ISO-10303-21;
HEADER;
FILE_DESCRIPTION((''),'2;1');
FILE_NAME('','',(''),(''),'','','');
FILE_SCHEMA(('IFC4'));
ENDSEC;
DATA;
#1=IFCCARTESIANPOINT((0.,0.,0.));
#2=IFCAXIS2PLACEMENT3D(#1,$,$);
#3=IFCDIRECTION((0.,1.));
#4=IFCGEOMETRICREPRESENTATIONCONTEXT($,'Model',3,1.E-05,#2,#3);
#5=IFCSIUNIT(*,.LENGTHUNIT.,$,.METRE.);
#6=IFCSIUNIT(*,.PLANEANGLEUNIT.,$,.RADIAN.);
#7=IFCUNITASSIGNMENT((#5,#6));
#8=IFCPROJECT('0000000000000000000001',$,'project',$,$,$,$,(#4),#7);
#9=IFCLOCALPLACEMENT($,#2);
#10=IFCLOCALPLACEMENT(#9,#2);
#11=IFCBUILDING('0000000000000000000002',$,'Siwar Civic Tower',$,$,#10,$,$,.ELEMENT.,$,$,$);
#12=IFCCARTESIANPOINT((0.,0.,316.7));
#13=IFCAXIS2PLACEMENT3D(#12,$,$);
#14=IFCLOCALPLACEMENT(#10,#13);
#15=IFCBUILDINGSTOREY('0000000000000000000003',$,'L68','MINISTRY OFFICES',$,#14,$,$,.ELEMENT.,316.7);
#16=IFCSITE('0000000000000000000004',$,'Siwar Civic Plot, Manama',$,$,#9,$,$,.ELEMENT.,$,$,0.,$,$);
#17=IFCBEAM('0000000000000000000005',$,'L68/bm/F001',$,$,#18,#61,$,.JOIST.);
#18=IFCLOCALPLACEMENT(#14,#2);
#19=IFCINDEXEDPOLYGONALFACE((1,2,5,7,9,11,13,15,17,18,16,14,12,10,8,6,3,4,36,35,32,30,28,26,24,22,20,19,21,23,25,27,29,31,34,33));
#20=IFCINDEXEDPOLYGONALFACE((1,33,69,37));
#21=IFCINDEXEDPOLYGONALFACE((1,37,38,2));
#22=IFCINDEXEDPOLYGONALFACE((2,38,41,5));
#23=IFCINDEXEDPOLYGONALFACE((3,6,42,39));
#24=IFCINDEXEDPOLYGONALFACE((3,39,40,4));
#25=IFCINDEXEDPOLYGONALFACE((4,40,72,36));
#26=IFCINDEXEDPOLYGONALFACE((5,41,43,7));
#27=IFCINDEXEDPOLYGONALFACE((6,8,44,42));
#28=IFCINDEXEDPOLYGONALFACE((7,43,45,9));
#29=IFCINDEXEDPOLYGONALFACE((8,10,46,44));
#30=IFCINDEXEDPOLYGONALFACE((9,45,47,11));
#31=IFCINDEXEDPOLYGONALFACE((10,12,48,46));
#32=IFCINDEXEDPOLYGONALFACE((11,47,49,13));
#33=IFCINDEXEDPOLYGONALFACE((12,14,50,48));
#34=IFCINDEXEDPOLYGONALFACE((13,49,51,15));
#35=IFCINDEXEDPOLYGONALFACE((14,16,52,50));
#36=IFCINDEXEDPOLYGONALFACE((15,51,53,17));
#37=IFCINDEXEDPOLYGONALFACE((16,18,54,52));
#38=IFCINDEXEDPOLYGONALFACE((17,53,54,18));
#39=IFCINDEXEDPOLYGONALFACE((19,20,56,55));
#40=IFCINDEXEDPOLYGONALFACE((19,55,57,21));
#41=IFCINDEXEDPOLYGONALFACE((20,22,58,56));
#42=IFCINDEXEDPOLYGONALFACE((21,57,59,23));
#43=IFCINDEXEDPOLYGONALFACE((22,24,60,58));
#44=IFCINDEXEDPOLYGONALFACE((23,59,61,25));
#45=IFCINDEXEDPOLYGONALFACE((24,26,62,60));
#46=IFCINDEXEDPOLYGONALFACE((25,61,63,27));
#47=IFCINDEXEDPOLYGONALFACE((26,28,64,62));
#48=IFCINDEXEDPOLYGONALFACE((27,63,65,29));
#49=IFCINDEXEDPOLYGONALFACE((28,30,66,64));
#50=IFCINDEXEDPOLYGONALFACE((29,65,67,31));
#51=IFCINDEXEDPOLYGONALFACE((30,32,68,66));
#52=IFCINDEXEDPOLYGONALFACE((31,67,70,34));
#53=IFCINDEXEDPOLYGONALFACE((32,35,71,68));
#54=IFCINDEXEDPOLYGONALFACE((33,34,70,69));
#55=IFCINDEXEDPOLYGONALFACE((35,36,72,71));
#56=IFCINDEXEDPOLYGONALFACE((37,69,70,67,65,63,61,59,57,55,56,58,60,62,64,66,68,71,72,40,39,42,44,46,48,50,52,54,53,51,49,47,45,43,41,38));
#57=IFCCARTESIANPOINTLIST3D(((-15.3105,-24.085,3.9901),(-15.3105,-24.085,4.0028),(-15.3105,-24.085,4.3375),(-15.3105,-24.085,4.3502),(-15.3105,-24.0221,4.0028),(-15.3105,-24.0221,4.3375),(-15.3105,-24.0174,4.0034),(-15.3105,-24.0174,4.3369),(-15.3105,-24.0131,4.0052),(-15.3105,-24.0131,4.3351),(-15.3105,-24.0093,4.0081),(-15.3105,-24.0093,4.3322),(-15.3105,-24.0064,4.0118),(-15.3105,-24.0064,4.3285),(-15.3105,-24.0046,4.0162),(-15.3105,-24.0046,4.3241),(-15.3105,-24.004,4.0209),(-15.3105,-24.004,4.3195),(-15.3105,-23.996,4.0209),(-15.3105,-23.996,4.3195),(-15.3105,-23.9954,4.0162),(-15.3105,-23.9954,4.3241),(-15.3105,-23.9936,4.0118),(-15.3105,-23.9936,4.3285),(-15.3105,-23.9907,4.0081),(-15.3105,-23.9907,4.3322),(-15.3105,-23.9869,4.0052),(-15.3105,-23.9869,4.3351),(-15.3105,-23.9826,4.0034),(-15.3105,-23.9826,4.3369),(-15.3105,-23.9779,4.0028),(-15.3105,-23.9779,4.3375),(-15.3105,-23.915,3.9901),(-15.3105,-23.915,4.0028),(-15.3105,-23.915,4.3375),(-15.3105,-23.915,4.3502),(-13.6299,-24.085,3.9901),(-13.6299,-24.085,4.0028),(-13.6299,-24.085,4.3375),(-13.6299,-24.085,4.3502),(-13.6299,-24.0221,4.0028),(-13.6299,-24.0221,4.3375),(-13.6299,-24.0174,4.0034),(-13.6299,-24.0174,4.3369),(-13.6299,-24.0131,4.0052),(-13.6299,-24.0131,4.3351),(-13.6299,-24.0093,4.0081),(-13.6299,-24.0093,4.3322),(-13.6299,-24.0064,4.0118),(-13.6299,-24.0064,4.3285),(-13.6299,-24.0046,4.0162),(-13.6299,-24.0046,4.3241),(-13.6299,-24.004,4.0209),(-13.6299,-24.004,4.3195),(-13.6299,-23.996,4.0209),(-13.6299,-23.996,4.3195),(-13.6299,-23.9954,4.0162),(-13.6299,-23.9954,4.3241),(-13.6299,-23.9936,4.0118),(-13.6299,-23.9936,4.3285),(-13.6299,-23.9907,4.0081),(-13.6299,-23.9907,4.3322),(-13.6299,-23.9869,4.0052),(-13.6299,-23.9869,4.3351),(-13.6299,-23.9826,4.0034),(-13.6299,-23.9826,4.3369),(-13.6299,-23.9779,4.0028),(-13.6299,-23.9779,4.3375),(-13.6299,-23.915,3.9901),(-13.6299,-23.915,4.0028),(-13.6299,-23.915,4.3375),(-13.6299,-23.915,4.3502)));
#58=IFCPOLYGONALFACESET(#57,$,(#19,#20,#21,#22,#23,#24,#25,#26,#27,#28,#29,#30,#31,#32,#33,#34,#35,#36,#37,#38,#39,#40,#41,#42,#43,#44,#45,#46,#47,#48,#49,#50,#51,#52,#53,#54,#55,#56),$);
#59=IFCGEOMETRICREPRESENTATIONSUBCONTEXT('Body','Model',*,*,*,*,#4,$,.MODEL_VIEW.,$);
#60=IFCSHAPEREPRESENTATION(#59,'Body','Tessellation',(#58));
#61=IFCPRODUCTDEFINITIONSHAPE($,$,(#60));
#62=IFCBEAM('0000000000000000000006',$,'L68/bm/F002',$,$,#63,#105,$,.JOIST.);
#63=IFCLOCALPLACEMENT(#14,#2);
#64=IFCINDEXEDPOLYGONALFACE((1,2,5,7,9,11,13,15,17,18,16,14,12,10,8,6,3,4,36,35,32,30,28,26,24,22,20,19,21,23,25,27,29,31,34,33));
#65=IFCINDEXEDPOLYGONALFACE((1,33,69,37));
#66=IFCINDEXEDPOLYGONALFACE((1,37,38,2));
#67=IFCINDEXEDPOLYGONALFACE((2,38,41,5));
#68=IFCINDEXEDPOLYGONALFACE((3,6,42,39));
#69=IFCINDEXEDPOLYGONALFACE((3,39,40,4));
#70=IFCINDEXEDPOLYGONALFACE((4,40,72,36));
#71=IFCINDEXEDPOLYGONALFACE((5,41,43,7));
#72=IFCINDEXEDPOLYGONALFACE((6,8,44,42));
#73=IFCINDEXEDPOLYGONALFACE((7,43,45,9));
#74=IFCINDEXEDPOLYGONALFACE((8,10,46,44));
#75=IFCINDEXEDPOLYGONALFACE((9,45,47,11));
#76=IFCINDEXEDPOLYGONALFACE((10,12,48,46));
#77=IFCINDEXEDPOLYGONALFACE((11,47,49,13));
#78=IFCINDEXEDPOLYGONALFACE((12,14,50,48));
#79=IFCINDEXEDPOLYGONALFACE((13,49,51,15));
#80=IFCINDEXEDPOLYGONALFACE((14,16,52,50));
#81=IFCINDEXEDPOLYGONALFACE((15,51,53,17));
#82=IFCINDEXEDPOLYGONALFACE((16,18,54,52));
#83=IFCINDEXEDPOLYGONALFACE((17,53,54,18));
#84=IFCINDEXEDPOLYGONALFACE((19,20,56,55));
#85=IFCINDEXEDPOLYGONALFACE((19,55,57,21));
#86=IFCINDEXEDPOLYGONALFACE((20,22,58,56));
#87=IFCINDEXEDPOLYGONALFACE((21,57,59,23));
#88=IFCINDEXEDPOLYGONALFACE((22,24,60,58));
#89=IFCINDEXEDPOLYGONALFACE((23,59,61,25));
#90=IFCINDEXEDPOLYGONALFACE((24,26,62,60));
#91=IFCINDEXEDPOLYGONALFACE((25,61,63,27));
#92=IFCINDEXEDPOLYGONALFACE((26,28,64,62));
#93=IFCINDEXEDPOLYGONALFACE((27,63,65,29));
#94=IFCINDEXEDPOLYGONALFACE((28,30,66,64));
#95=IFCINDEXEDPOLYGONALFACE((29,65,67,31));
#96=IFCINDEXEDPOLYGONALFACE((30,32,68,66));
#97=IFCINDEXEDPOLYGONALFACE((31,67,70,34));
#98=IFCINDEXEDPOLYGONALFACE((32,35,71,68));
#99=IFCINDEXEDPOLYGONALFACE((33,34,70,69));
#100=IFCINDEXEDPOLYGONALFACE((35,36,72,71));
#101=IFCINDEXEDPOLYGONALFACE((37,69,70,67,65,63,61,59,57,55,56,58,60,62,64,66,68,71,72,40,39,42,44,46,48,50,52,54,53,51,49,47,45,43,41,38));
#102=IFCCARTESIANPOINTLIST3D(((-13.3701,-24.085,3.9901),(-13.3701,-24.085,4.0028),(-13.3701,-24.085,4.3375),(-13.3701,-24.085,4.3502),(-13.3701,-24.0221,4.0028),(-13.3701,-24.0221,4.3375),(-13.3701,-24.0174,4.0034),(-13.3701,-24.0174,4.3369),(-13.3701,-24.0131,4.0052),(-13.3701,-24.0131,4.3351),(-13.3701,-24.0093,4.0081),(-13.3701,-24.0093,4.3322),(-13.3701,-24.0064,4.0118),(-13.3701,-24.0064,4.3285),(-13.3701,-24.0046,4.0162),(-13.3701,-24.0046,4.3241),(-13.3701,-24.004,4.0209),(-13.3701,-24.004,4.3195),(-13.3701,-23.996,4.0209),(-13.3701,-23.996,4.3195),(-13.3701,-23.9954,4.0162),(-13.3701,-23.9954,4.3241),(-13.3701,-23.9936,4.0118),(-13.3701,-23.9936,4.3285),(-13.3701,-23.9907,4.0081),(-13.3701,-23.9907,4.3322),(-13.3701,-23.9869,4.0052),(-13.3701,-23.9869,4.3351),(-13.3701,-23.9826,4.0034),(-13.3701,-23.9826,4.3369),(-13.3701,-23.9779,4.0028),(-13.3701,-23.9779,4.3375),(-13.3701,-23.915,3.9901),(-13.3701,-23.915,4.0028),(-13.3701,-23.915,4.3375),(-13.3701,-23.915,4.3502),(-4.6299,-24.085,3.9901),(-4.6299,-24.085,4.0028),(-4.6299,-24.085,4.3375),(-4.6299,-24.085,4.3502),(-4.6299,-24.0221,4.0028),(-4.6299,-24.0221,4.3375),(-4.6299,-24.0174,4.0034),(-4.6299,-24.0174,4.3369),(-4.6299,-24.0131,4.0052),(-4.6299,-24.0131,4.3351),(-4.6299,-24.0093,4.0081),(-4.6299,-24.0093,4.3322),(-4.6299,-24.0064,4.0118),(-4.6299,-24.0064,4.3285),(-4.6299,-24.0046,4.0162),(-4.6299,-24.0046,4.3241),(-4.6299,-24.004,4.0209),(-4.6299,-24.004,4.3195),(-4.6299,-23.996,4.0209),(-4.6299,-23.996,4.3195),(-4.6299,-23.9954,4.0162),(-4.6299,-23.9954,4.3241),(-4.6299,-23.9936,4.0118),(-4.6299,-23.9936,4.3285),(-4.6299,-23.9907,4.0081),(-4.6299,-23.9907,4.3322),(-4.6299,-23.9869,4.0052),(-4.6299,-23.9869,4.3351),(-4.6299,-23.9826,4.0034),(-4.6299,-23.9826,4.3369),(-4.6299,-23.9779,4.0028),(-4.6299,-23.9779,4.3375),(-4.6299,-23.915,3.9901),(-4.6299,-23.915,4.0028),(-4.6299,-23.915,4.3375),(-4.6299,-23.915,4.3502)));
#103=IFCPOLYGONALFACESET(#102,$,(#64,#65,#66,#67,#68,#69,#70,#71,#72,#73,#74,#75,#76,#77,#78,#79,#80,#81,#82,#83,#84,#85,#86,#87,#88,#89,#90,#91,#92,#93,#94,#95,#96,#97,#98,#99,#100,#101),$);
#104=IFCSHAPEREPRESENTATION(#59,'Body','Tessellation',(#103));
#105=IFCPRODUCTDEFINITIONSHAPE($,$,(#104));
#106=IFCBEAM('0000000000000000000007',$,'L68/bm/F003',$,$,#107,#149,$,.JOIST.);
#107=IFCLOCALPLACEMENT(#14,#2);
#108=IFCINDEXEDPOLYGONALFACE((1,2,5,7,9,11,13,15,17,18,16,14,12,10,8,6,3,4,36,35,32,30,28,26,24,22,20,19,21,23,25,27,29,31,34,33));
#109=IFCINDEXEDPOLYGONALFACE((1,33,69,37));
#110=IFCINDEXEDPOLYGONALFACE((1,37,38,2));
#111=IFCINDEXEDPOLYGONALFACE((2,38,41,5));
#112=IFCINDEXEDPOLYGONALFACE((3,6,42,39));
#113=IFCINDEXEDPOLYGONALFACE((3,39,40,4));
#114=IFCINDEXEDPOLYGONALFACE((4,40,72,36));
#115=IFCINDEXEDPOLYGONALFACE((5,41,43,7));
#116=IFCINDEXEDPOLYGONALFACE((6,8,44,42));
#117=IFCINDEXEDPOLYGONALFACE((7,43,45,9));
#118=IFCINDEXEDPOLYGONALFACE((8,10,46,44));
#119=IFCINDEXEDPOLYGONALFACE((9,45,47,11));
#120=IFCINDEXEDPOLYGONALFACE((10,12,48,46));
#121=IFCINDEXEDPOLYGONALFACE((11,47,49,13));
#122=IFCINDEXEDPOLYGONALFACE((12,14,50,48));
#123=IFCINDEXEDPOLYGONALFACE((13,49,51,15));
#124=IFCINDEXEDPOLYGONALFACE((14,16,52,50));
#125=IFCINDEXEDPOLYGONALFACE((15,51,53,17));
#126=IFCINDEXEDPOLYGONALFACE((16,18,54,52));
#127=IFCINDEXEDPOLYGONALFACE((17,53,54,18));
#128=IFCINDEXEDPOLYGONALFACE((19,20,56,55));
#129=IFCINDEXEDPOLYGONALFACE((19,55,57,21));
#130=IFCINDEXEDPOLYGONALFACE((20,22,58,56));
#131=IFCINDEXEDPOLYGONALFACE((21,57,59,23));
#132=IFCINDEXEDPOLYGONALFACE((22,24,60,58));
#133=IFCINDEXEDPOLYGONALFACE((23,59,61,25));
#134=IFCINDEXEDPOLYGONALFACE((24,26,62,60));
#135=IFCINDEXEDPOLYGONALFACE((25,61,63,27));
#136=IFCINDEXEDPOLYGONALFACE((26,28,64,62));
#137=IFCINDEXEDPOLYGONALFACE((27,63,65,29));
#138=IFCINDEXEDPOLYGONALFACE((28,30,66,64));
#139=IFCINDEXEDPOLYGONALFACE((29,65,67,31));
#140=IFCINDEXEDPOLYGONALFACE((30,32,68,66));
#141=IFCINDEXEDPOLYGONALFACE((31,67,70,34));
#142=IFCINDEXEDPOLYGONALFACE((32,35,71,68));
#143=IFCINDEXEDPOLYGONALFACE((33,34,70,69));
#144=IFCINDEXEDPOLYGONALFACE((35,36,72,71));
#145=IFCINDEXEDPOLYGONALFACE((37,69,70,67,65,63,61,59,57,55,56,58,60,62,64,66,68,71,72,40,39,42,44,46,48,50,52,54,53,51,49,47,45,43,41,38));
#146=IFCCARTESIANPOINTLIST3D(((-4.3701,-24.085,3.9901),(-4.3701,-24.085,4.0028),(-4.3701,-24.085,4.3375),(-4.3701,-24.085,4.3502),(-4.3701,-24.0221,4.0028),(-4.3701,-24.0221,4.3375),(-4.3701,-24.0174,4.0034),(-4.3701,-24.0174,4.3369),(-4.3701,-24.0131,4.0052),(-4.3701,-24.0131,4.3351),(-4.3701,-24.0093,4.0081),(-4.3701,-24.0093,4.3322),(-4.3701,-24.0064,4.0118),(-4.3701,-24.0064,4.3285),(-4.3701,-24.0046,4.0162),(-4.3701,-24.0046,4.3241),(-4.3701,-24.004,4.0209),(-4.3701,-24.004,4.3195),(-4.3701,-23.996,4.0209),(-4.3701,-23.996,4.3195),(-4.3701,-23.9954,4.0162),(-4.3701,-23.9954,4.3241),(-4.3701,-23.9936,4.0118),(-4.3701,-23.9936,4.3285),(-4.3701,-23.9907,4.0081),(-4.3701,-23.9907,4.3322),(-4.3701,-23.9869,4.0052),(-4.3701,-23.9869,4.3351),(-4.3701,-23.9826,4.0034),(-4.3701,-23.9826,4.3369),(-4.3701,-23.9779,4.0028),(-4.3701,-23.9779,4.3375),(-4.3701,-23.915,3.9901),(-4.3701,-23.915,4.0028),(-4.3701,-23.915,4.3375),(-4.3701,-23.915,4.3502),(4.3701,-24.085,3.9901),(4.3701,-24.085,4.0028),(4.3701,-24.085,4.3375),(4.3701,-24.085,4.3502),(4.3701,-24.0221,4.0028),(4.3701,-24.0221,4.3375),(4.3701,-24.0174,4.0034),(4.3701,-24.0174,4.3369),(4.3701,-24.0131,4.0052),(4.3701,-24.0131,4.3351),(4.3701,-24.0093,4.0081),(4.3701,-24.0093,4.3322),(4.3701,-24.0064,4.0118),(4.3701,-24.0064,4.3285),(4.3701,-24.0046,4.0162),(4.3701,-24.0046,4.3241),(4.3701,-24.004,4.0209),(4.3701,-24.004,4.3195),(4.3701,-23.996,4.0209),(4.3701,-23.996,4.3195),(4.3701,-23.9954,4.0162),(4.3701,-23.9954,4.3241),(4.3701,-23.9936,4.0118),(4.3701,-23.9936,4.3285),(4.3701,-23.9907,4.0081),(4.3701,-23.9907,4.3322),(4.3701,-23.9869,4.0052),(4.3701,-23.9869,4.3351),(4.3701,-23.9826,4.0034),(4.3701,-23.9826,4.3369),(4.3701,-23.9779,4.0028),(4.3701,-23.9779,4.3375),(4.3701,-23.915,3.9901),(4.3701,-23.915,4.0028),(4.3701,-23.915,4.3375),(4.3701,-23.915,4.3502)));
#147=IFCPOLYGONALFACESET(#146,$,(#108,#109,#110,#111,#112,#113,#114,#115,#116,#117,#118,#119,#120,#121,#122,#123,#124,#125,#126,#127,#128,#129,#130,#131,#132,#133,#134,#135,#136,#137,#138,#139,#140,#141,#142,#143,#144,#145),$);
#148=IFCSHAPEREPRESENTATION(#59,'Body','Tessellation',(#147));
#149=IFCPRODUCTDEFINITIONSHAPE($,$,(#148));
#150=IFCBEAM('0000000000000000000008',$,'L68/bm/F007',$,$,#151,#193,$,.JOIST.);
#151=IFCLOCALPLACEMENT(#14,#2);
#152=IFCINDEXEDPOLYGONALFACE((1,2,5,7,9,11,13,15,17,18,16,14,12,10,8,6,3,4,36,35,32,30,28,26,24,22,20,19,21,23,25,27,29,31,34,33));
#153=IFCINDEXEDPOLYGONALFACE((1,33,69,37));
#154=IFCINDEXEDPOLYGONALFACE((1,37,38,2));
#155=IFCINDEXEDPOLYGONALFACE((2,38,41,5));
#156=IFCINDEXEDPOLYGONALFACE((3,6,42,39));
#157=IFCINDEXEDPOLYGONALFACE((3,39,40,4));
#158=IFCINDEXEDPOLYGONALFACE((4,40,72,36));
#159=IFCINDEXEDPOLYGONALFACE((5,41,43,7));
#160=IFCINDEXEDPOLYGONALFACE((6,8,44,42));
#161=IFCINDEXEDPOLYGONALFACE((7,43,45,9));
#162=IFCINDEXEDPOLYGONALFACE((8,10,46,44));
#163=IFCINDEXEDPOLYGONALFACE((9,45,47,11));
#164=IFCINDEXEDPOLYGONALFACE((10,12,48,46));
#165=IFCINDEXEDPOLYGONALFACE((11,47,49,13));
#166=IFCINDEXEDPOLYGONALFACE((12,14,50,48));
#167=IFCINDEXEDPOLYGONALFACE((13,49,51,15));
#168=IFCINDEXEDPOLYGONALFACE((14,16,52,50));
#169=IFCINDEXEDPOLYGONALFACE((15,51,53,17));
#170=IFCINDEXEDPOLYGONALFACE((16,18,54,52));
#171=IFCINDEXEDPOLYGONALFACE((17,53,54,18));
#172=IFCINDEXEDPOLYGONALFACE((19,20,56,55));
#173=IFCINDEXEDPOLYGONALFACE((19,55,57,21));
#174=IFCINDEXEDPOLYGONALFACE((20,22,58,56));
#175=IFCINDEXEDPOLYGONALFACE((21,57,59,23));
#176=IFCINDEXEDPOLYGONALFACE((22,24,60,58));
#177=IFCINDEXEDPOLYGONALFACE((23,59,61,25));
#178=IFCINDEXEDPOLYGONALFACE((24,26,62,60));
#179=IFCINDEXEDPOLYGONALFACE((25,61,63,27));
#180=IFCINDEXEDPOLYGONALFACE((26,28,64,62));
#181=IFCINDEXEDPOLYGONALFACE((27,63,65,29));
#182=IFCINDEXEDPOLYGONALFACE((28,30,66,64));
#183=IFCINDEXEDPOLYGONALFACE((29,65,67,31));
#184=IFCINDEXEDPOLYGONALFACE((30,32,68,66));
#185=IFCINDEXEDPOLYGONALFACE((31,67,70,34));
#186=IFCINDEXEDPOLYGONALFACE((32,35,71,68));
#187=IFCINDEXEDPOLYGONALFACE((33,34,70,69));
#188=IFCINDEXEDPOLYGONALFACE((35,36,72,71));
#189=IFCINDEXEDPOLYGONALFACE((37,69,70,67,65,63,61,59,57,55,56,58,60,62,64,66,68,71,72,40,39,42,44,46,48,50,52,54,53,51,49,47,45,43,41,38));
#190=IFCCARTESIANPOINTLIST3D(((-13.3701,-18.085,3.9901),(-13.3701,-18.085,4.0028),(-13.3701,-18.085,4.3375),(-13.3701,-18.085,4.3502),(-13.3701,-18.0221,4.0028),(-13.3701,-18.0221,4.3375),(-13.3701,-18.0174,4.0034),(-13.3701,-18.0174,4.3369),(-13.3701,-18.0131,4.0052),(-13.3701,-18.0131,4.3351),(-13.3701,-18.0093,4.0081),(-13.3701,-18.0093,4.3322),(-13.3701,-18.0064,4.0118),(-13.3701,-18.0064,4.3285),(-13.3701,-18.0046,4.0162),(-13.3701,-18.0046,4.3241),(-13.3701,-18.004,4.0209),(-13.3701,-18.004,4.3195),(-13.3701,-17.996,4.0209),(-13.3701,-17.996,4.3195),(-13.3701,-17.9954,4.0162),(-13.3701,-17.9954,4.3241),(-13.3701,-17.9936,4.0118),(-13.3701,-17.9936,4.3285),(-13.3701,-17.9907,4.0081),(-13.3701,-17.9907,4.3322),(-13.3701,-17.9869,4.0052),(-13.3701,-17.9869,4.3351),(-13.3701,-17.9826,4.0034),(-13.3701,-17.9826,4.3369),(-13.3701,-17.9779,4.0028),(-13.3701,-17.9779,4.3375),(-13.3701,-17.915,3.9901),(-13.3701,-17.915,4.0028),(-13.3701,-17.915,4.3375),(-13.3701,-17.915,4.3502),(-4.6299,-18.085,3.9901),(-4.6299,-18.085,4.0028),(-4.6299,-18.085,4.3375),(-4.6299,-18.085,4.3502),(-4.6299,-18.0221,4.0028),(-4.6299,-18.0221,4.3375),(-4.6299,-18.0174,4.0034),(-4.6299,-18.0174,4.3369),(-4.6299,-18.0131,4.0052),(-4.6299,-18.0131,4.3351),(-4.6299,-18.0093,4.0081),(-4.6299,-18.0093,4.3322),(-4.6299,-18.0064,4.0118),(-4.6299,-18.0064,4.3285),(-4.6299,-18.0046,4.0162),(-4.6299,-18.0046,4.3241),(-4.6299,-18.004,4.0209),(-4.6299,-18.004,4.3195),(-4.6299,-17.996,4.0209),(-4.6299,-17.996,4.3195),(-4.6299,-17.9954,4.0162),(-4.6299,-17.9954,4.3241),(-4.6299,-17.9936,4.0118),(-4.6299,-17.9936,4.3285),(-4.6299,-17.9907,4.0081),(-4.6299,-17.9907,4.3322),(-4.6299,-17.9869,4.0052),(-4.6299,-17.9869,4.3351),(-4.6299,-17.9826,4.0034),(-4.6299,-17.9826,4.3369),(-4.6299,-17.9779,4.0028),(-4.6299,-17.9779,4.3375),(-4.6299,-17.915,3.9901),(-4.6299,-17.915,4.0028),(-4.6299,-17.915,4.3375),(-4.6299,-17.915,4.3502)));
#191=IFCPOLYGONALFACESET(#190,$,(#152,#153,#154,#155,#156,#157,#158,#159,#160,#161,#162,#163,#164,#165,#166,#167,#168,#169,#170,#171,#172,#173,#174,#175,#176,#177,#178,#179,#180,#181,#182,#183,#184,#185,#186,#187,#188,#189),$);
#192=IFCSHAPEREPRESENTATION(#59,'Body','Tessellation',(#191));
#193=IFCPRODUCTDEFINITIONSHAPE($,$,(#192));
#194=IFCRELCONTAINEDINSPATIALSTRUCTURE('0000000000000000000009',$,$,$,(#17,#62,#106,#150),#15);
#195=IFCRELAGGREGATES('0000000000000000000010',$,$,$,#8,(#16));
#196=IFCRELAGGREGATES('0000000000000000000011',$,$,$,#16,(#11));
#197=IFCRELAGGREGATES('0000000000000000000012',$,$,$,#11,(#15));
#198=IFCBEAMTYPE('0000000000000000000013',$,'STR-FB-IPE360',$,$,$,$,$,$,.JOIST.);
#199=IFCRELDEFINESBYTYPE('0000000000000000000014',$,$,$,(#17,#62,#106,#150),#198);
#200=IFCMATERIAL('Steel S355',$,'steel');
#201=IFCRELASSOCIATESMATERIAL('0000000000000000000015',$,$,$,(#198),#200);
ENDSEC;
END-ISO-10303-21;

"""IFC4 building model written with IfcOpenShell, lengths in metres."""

from ifc_helpers import new_model, si_unit, direction, frame, origin, origin_2d, place, context, subcontext, project, spatial, i_section, extrude, material, material_profile, profile_set, type_object, element, save


model = new_model("IFC4")

# Units and contexts
model_context = context("Model", 3, precision=1e-05, world=origin(), true_north=direction((0.0, 1.0)))
body_context = subcontext(model_context, "Body", "Model", "MODEL_VIEW")
ifc_project = project(units=[si_unit("LENGTHUNIT", "METRE"), si_unit("PLANEANGLEUNIT", "RADIAN")], contexts=[model_context])

# Site, building, storey
site_placement = place(None, origin())
site = spatial("IfcSite", under=ifc_project, at=site_placement, Name="Siwar Civic Plot, Manama", CompositionType="ELEMENT", RefElevation=0.0)
building_placement = place(site_placement, origin())
building = spatial("IfcBuilding", under=site, at=building_placement, Name="Siwar Civic Tower", CompositionType="ELEMENT")
storey_placement = place(building_placement, frame((0.0, 0.0, 316.7)))
storey = spatial("IfcBuildingStorey", under=building, at=storey_placement, Name="L68", Description="MINISTRY OFFICES", CompositionType="ELEMENT", Elevation=316.7)

# Beams
ifc_material_1 = material(Name="Steel S355", Category="steel")
ifc_material_profile_1 = material_profile(ifc_material_1, i_section(OverallWidth=0.1699, OverallDepth=0.3601, WebThickness=0.0081, FlangeThickness=0.0127, FilletRadius=0.0181, at=origin_2d()), Name="IPE360")
ifc_profile_set_1 = profile_set([ifc_material_profile_1], Name="Steel S355")
beam_type_1 = type_object("IfcBeamType", Name="STR-FB-IPE360", PredefinedType="JOIST", material=ifc_profile_set_1)
beam_1_placement = place(storey_placement, frame((-15.3105, -24.0, 4.1702), z_axis=(1.0, 0.0, 0.0), x_axis=(0.0, 1.0, 0.0)))
element("IfcBeam", 1, at=beam_1_placement, inside=storey, type_object=beam_type_1, Name="L68/bm/F001", PredefinedType="JOIST", context=body_context, shape_type="SweptSolid", body=[
    extrude(i_section(OverallWidth=0.1699, OverallDepth=0.3601, WebThickness=0.0081, FlangeThickness=0.0127, FilletRadius=0.0181, at=origin_2d()), origin(), (0.0, 0.0, 1.0), 1.6807),
])
for number, where, z_axis, x_axis, name in (
    (2, (-13.3701, -24.0, 4.1702), (1.0, 0.0, 0.0), (0.0, 1.0, 0.0), "L68/bm/F002"),
    (3, (-4.3701, -24.0, 4.1702), (1.0, 0.0, 0.0), (0.0, 1.0, 0.0), "L68/bm/F003"),
    (4, (-13.3701, -18.0, 4.1702), (1.0, 0.0, 0.0), (0.0, 1.0, 0.0), "L68/bm/F007"),
):
    element("IfcBeam", number, at=place(storey_placement, frame(where, z_axis=z_axis, x_axis=x_axis)), inside=storey, type_object=beam_type_1, Name=name, PredefinedType="JOIST", context=body_context, shape_type="SweptSolid", body=[
        extrude(i_section(OverallWidth=0.1699, OverallDepth=0.3601, WebThickness=0.0081, FlangeThickness=0.0127, FilletRadius=0.0181, at=origin_2d()), origin(), (0.0, 0.0, 1.0), 8.7402),
    ])

save(model, "model.ifc")
